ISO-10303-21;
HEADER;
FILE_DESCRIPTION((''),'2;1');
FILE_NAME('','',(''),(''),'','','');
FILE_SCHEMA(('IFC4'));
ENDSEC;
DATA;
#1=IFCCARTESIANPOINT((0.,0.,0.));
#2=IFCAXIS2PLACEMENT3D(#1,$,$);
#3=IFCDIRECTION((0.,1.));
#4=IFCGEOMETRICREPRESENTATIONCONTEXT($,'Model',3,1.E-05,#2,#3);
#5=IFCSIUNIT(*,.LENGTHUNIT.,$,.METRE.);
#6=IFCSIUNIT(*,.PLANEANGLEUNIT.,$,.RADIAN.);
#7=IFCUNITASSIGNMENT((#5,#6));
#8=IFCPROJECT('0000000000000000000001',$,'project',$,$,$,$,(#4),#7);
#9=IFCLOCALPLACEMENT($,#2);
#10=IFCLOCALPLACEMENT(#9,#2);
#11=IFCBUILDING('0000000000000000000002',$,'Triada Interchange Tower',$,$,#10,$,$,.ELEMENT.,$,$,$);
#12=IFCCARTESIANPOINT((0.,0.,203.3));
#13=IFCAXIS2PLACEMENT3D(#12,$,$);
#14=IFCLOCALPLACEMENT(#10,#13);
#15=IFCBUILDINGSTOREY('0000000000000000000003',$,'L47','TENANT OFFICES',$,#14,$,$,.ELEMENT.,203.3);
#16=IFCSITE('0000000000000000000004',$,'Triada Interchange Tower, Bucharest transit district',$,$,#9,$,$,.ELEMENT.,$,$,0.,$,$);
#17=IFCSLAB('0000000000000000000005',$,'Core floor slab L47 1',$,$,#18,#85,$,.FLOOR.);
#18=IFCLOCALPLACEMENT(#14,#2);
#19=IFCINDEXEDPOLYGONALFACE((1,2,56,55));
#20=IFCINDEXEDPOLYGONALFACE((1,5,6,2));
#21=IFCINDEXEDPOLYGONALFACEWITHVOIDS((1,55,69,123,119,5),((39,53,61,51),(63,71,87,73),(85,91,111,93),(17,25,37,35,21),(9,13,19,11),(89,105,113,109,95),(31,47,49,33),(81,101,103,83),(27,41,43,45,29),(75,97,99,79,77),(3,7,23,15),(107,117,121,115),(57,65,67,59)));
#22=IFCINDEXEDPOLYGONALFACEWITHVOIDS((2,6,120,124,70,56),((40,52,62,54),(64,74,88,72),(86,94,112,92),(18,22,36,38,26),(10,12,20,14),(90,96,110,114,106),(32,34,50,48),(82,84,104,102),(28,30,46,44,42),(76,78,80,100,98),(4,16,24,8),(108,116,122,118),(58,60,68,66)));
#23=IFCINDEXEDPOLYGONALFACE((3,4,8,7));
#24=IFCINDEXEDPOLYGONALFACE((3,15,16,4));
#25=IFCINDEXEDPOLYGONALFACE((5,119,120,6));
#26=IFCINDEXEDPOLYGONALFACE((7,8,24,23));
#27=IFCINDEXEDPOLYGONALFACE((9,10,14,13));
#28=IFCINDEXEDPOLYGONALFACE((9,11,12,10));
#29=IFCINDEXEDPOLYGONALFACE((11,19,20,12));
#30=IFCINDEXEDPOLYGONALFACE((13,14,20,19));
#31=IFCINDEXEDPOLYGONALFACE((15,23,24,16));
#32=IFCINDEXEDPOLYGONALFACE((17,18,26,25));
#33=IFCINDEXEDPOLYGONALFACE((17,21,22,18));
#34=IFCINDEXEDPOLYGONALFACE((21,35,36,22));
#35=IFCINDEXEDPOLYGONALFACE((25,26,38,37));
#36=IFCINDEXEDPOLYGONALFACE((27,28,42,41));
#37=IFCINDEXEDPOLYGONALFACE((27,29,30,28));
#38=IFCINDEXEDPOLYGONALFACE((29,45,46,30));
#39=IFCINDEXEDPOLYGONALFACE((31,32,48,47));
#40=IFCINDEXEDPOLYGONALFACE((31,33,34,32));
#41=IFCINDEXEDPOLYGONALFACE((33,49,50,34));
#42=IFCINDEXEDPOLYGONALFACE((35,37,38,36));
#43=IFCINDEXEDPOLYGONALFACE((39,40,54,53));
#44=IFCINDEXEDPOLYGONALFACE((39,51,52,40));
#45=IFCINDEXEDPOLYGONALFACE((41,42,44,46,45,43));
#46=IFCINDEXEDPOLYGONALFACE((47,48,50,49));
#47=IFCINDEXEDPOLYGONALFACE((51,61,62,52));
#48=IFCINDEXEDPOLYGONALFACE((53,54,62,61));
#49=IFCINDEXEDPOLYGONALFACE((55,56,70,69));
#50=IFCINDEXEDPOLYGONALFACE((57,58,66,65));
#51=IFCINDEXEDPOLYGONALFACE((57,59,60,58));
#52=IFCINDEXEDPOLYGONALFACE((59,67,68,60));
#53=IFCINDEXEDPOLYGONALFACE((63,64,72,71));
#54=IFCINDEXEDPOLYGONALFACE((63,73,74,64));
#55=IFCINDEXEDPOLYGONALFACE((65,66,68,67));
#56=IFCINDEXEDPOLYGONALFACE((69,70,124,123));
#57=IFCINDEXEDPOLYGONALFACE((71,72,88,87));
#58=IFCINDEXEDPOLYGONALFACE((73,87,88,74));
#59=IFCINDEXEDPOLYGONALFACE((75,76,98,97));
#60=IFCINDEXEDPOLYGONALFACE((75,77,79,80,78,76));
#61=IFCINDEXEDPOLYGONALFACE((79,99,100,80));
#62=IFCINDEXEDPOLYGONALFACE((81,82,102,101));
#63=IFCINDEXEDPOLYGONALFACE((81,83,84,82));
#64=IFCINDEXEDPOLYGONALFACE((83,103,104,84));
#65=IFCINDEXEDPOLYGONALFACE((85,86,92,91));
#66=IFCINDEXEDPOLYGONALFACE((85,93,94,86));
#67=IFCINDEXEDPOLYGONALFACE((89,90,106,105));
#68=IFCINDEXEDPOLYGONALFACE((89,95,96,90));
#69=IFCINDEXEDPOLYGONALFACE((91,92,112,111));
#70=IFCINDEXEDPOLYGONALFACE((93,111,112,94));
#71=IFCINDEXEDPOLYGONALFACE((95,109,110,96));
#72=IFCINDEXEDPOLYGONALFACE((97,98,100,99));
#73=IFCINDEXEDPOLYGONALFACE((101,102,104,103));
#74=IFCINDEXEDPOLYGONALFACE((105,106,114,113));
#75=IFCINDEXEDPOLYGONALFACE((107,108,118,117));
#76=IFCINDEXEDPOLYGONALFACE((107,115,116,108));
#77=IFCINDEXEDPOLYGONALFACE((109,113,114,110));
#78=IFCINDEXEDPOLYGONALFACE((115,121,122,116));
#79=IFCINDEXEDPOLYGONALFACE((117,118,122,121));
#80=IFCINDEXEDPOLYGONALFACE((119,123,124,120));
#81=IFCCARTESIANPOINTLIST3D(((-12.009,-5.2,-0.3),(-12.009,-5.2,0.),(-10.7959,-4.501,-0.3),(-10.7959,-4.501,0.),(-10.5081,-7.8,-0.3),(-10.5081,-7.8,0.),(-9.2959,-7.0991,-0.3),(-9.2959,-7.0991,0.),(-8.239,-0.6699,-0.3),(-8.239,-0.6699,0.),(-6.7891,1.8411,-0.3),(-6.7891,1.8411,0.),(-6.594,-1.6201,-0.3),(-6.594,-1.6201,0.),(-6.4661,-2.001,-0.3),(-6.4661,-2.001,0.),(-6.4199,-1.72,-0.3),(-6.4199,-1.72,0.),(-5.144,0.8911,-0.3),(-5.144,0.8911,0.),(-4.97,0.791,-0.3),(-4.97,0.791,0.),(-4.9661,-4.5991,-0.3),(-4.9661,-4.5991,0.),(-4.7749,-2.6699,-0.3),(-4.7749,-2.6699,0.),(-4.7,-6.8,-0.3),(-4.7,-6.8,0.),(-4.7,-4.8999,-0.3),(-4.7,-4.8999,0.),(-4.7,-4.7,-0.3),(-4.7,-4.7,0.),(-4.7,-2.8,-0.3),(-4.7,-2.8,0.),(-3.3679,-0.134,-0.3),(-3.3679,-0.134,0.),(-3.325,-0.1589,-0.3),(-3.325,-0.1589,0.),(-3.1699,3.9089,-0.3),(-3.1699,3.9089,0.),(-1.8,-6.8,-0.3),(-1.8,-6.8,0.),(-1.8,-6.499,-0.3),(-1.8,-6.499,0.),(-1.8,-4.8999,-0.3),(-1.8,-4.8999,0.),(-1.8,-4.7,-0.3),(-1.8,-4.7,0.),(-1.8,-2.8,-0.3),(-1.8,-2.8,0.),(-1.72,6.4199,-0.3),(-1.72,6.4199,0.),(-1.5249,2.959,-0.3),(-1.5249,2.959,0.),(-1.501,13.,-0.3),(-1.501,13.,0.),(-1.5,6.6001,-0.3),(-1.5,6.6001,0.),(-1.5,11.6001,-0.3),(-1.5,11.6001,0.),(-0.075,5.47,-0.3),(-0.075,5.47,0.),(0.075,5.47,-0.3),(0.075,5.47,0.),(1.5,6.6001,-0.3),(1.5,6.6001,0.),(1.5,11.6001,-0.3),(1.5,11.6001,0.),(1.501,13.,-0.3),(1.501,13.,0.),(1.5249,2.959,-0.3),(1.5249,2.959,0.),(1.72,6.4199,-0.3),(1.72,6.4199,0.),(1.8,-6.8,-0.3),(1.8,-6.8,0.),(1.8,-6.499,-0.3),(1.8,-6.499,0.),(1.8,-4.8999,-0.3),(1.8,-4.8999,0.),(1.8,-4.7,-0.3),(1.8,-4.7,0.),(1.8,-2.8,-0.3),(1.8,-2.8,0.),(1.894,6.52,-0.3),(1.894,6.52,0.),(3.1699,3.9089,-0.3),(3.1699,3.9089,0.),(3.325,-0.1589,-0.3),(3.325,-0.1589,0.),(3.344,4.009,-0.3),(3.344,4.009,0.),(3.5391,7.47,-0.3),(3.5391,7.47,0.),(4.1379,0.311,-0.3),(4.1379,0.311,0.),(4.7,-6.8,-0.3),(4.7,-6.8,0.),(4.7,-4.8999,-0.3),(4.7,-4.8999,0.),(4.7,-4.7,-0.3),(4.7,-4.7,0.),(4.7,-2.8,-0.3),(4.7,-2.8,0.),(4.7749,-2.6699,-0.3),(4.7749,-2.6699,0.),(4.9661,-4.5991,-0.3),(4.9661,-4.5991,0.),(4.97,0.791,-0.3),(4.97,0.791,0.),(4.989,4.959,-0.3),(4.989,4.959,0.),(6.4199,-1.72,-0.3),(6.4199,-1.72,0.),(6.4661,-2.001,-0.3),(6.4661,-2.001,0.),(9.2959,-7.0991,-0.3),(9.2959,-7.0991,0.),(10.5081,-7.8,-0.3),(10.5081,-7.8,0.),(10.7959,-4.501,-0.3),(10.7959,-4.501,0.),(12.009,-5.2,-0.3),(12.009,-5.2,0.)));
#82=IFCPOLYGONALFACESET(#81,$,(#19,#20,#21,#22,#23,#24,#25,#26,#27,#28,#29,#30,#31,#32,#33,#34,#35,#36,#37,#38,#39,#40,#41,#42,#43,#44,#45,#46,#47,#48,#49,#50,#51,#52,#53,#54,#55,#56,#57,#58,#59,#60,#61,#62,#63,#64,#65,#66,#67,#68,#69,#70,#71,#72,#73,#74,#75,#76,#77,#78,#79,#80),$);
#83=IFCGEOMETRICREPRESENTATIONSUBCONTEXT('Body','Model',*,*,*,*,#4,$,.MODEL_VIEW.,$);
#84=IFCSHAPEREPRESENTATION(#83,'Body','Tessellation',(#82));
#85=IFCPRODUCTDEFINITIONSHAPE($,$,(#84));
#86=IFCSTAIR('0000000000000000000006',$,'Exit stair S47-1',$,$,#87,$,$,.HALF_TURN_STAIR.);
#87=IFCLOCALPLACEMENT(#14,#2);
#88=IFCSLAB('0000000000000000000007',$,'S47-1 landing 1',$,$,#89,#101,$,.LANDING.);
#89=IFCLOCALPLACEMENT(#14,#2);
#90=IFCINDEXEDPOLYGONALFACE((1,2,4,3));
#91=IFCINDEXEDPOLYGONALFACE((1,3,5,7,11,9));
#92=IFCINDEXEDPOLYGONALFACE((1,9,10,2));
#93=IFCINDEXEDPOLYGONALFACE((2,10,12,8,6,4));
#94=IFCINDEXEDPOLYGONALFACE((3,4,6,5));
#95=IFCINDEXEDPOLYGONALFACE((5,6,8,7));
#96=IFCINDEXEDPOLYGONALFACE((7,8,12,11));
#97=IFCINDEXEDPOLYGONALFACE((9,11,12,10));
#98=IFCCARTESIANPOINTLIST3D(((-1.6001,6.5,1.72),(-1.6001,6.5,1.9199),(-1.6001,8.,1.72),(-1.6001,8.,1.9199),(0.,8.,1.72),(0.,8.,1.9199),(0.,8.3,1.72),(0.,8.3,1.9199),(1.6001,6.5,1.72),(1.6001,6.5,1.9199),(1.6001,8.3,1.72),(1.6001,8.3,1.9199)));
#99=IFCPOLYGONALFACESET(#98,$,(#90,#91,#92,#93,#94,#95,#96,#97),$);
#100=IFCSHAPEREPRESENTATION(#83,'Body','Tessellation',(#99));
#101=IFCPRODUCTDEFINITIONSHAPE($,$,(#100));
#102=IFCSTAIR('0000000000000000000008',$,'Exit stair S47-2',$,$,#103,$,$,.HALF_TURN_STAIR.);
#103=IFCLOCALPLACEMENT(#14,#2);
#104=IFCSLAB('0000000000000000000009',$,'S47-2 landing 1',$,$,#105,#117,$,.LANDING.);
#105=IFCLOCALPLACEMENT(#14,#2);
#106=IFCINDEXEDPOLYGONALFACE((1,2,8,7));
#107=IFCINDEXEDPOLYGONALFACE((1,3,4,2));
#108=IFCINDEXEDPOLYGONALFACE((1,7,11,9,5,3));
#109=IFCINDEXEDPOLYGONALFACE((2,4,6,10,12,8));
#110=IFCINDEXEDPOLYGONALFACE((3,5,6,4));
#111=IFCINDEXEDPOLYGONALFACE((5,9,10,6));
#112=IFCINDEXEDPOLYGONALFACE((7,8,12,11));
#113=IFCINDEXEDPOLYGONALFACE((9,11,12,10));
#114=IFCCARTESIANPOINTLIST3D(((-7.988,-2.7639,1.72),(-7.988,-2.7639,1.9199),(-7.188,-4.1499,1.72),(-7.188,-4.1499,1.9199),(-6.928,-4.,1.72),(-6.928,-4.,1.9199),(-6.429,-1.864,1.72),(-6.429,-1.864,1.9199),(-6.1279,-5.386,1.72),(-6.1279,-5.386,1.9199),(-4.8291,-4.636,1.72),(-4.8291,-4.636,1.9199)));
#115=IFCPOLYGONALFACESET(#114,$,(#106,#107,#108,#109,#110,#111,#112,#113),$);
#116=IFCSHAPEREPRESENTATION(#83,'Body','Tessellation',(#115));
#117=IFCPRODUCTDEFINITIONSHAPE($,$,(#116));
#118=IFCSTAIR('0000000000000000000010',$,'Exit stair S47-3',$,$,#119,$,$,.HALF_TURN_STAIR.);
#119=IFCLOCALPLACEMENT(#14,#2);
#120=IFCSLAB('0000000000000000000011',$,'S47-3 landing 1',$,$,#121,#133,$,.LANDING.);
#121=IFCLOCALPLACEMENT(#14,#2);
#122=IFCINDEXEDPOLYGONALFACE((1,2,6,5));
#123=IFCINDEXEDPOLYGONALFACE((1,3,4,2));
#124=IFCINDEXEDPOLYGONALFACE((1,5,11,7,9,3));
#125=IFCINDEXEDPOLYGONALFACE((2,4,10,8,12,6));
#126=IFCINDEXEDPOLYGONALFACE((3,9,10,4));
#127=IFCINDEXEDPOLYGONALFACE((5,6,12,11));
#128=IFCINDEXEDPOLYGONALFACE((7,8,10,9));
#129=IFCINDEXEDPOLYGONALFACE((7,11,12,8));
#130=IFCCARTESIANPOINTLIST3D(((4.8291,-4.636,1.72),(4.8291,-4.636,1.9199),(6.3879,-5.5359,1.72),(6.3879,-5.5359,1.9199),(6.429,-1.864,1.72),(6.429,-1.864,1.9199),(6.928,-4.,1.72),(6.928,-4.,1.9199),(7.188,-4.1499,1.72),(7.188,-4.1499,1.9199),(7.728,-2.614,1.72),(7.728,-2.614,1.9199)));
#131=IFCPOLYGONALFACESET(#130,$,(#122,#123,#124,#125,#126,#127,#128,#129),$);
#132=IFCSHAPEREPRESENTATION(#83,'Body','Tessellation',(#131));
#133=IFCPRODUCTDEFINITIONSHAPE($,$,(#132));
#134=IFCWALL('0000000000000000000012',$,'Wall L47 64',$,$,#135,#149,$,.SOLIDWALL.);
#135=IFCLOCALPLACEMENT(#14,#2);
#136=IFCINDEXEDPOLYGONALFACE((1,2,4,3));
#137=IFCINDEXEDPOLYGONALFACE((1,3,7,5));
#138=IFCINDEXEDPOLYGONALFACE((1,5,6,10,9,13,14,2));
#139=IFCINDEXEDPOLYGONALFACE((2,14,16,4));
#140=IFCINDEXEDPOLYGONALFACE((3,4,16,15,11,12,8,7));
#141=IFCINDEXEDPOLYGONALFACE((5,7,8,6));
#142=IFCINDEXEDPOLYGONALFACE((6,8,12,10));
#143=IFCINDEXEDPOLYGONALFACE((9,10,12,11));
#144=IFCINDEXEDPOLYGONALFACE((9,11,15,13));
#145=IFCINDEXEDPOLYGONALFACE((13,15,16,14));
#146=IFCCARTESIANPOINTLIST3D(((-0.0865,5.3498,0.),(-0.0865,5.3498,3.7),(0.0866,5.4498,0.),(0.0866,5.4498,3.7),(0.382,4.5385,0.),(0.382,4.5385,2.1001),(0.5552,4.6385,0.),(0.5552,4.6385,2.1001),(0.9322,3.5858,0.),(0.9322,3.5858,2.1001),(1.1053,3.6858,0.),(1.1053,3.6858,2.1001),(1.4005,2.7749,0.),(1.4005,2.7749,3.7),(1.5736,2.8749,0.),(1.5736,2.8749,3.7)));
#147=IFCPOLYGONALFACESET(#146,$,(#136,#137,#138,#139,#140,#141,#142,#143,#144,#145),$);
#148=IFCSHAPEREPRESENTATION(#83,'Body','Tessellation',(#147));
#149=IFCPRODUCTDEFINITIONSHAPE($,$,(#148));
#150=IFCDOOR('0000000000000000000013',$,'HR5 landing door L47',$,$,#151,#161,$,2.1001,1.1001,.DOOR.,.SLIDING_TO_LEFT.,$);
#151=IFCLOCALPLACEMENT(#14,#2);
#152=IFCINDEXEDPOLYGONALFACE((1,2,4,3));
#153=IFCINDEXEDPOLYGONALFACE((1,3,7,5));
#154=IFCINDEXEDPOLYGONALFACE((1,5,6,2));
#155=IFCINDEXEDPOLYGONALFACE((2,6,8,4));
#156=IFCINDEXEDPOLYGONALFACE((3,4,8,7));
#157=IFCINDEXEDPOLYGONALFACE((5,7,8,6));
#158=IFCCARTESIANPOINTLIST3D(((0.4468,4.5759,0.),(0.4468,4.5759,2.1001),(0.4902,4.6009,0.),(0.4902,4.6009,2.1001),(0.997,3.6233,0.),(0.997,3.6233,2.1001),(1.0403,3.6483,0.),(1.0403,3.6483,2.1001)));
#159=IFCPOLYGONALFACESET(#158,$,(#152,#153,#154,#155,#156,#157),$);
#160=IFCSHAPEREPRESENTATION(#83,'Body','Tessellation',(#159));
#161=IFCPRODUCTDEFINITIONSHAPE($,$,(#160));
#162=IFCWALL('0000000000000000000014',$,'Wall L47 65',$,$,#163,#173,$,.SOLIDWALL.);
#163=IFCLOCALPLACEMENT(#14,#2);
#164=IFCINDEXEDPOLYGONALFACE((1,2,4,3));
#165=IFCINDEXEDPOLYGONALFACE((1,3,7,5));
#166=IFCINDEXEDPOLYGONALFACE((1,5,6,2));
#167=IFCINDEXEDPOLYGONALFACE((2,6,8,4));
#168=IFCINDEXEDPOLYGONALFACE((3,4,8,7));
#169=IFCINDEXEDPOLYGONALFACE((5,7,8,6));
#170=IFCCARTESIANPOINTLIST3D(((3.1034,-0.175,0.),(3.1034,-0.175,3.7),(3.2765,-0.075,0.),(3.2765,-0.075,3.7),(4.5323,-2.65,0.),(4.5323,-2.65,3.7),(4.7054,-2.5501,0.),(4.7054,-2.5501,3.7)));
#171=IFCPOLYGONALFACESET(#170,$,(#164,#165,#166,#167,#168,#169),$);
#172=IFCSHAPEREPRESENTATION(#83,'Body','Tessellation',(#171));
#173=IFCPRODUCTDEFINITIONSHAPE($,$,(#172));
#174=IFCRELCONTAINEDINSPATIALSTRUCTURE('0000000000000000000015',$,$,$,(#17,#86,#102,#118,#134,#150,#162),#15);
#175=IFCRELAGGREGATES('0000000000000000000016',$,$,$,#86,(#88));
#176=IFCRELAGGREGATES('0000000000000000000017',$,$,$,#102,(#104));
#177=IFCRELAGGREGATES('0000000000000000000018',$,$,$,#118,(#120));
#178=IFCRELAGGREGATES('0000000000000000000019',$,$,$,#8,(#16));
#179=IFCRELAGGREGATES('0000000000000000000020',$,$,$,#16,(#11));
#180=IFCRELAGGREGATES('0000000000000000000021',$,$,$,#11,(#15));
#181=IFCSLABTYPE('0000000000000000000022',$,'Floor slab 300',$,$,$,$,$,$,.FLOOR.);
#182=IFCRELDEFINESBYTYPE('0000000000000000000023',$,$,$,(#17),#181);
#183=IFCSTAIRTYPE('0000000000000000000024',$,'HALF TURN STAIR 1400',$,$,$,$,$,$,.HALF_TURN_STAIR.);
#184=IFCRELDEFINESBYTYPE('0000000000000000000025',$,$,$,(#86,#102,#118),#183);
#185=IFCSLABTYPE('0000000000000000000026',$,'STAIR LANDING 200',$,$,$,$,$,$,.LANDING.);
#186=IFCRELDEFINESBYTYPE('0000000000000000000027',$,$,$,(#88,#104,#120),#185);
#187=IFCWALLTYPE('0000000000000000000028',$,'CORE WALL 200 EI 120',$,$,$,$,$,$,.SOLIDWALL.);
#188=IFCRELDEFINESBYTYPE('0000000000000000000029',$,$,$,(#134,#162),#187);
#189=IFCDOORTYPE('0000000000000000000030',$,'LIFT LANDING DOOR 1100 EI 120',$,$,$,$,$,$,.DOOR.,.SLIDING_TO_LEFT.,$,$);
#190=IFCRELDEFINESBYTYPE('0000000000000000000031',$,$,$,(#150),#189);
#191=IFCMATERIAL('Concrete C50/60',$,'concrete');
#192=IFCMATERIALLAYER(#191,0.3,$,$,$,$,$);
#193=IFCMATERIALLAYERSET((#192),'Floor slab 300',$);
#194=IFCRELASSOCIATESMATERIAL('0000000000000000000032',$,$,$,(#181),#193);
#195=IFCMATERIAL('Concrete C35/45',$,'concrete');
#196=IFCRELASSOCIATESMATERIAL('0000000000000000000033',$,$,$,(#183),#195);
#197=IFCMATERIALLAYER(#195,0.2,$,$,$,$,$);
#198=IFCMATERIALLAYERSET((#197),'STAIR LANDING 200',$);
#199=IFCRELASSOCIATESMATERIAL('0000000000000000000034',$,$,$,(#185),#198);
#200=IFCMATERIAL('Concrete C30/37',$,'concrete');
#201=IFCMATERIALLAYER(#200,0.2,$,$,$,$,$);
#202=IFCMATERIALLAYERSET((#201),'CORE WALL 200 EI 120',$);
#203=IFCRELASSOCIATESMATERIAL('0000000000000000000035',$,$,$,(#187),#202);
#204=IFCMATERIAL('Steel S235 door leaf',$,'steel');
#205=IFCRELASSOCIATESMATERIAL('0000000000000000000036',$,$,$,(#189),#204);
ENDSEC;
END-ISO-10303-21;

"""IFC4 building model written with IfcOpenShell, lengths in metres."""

from ifc_helpers import new_model, si_unit, direction, frame, frame_2d, origin, place, context, subcontext, project, spatial, polyline, rectangle, outline, extrude, material, layer, layer_set, type_object, element, fill, aggregate, save


model = new_model("IFC4")

# Units and contexts
model_context = context("Model", 3, precision=1e-05, world=origin(), true_north=direction((0.0, 1.0)))
body_context = subcontext(model_context, "Body", "Model", "MODEL_VIEW")
ifc_project = project(units=[si_unit("LENGTHUNIT", "METRE"), si_unit("PLANEANGLEUNIT", "RADIAN")], contexts=[model_context])

# Site, building, storey
site_placement = place(None, origin())
site = spatial("IfcSite", under=ifc_project, at=site_placement, Name="Triada Interchange Tower, Bucharest transit district", CompositionType="ELEMENT", RefElevation=0.0)
building_placement = place(site_placement, origin())
building = spatial("IfcBuilding", under=site, at=building_placement, Name="Triada Interchange Tower", CompositionType="ELEMENT")
storey_placement = place(building_placement, frame((0.0, 0.0, 203.3)))
storey = spatial("IfcBuildingStorey", under=building, at=storey_placement, Name="L47", Description="TENANT OFFICES", CompositionType="ELEMENT", Elevation=203.3)

# Slab
ifc_material_1 = material(Name="Concrete C50/60", Category="concrete")
ifc_layer_1 = layer(ifc_material_1, 0.3)
ifc_layer_set_1 = layer_set([ifc_layer_1], Name="Floor slab 300")
slab_type_1 = type_object("IfcSlabType", Name="Floor slab 300", PredefinedType="FLOOR", material=ifc_layer_set_1)
slab_1_placement = place(storey_placement, frame((0.0, 0.0, -0.3)))
element("IfcSlab", 1, at=slab_1_placement, inside=storey, type_object=slab_type_1, Name="Core floor slab L47 1", PredefinedType="FLOOR", context=body_context, shape_type="SweptSolid", body=[
    extrude(outline(polyline([(12.009, -5.2), (10.5081, -7.8), (-10.5081, -7.8), (-12.009, -5.2), (-1.501, 13.0), (1.501, 13.0), (12.009, -5.2)]), holes=[polyline([(9.2959, -7.0991), (10.7959, -4.501), (6.4661, -2.001), (4.9661, -4.5991), (9.2959, -7.0991)]), polyline([(4.7749, -2.6699), (6.4199, -1.72), (4.97, 0.791), (4.1379, 0.311), (3.325, -0.1589), (4.7749, -2.6699)]), polyline([(1.894, 6.52), (3.344, 4.009), (4.989, 4.959), (3.5391, 7.47), (1.894, 6.52)]), polyline([(1.8, -4.8999), (1.8, -6.499), (1.8, -6.8), (4.7, -6.8), (4.7, -4.8999), (1.8, -4.8999)]), polyline([(4.7, -2.8), (1.8, -2.8), (1.8, -4.7), (4.7, -4.7), (4.7, -2.8)]), polyline([(0.075, 5.47), (1.5249, 2.959), (3.1699, 3.9089), (1.72, 6.4199), (0.075, 5.47)]), polyline([(-1.5, 11.6001), (-1.5, 6.6001), (1.5, 6.6001), (1.5, 11.6001), (-1.5, 11.6001)]), polyline([(-1.5249, 2.959), (-0.075, 5.47), (-1.72, 6.4199), (-3.1699, 3.9089), (-1.5249, 2.959)]), polyline([(-1.8, -2.8), (-4.7, -2.8), (-4.7, -4.7), (-1.8, -4.7), (-1.8, -2.8)]), polyline([(-4.7, -6.8), (-1.8, -6.8), (-1.8, -6.499), (-1.8, -4.8999), (-4.7, -4.8999), (-4.7, -6.8)]), polyline([(-3.3679, -0.134), (-4.97, 0.791), (-6.4199, -1.72), (-4.7749, -2.6699), (-3.325, -0.1589), (-3.3679, -0.134)]), polyline([(-10.7959, -4.501), (-9.2959, -7.0991), (-4.9661, -4.5991), (-6.4661, -2.001), (-10.7959, -4.501)]), polyline([(-6.594, -1.6201), (-5.144, 0.8911), (-6.7891, 1.8411), (-8.239, -0.6699), (-6.594, -1.6201)])]), origin(), (0.0, 0.0, 1.0), 0.3),
])

# Stairs, slabs
ifc_material_2 = material(Name="Concrete C35/45", Category="concrete")
stair_type = type_object("IfcStairType", Name="HALF TURN STAIR 1400", PredefinedType="HALF_TURN_STAIR", material=ifc_material_2)
stair_1_placement = place(storey_placement, origin())
stair_1 = element("IfcStair", 2, at=stair_1_placement, inside=storey, type_object=stair_type, Name="Exit stair S47-1", PredefinedType="HALF_TURN_STAIR")
ifc_layer_2 = layer(ifc_material_2, 0.2)
ifc_layer_set_2 = layer_set([ifc_layer_2], Name="STAIR LANDING 200")
slab_type_2 = type_object("IfcSlabType", Name="STAIR LANDING 200", PredefinedType="LANDING", material=ifc_layer_set_2)
slab_2_placement = place(storey_placement, frame((0.0, 0.0, 1.72)))
slab_2 = element("IfcSlab", 3, at=slab_2_placement, type_object=slab_type_2, Name="S47-1 landing 1", PredefinedType="LANDING", context=body_context, shape_type="SweptSolid", body=[
    extrude(outline(polyline([(1.6001, 6.5), (1.6001, 8.3), (0.0, 8.3), (0.0, 8.0), (-1.6001, 8.0), (-1.6001, 6.5), (1.6001, 6.5)])), origin(), (0.0, 0.0, 1.0), 0.2),
])
aggregate(stair_1, [slab_2])
stair_2_placement = place(storey_placement, origin())
stair_2 = element("IfcStair", 4, at=stair_2_placement, inside=storey, type_object=stair_type, Name="Exit stair S47-2", PredefinedType="HALF_TURN_STAIR")
slab_3_placement = place(storey_placement, frame((0.0, 0.0, 1.72)))
slab_3 = element("IfcSlab", 5, at=slab_3_placement, type_object=slab_type_2, Name="S47-2 landing 1", PredefinedType="LANDING", context=body_context, shape_type="SweptSolid", body=[
    extrude(outline(polyline([(-6.429, -1.864), (-7.988, -2.7639), (-7.188, -4.1499), (-6.928, -4.0), (-6.1279, -5.386), (-4.8291, -4.636), (-6.429, -1.864)])), origin(), (0.0, 0.0, 1.0), 0.2),
])
aggregate(stair_2, [slab_3])
stair_3_placement = place(storey_placement, origin())
stair_3 = element("IfcStair", 6, at=stair_3_placement, inside=storey, type_object=stair_type, Name="Exit stair S47-3", PredefinedType="HALF_TURN_STAIR")
slab_4_placement = place(storey_placement, frame((0.0, 0.0, 1.72)))
slab_4 = element("IfcSlab", 7, at=slab_4_placement, type_object=slab_type_2, Name="S47-3 landing 1", PredefinedType="LANDING", context=body_context, shape_type="SweptSolid", body=[
    extrude(outline(polyline([(4.8291, -4.636), (6.3879, -5.5359), (7.188, -4.1499), (6.928, -4.0), (7.728, -2.614), (6.429, -1.864), (4.8291, -4.636)])), origin(), (0.0, 0.0, 1.0), 0.2),
])
aggregate(stair_3, [slab_4])

# Wall, opening, door
ifc_material_3 = material(Name="Concrete C30/37", Category="concrete")
ifc_layer_3 = layer(ifc_material_3, 0.2)
ifc_layer_set_3 = layer_set([ifc_layer_3], Name="CORE WALL 200 EI 120")
wall_type_1 = type_object("IfcWallType", Name="CORE WALL 200 EI 120", PredefinedType="SOLIDWALL", material=ifc_layer_set_3)
wall_1_placement = place(storey_placement, frame((0.0, 5.3999, 0.0), z_axis=(0.0, 0.0, 1.0), x_axis=(0.500104, -0.865965, 0.0)))
wall_1 = element("IfcWall", 8, at=wall_1_placement, inside=storey, type_object=wall_type_1, Name="Wall L47 64", PredefinedType="SOLIDWALL", context=body_context, shape_type="SweptSolid", body=[
    extrude(rectangle(XDim=2.9734, YDim=0.2, at=frame_2d((1.4868, 0.0))), origin(), (0.0, 0.0, 1.0), 3.7),
])
opening_1_placement = place(wall_1_placement, frame((0.937, 0.0, 0.0)))
opening_1 = element("IfcOpeningElement", 9, at=opening_1_placement, cuts=wall_1, PredefinedType="OPENING", context=body_context, shape_type="SweptSolid", body=[
    extrude(rectangle(XDim=1.1001, YDim=2.1001, at=frame_2d((0.55, 1.05))), frame((0.0, 0.1099, 0.0), z_axis=(0.0, -1.0, 0.0), x_axis=(1.0, 0.0, 0.0)), (0.0, 0.0, 1.0), 0.22),
])
ifc_material_4 = material(Name="Steel S235 door leaf", Category="steel")
door_type_1 = type_object("IfcDoorType", Name="LIFT LANDING DOOR 1100 EI 120", OperationType="SLIDING_TO_LEFT", PredefinedType="DOOR", material=ifc_material_4)
door_1_placement = place(opening_1_placement, origin())
door_1 = element("IfcDoor", 10, at=door_1_placement, inside=storey, type_object=door_type_1, Name="HR5 landing door L47", OperationType="SLIDING_TO_LEFT", OverallHeight=2.1001, OverallWidth=1.1001, PredefinedType="DOOR", context=body_context, shape_type="SweptSolid", body=[
    extrude(rectangle(XDim=1.1001, YDim=2.1001, at=frame_2d((0.55, 1.05))), frame((0.0, 0.0249, 0.0), z_axis=(0.0, -1.0, 0.0), x_axis=(1.0, 0.0, 0.0)), (0.0, 0.0, 1.0), 0.05),
])
fill(opening_1, door_1)

# Wall
wall_2_placement = place(storey_placement, frame((3.1899, -0.125, 0.0), z_axis=(0.0, 0.0, 1.0), x_axis=(0.499989, -0.866032, 0.0)))
element("IfcWall", 11, at=wall_2_placement, inside=storey, type_object=wall_type_1, Name="Wall L47 65", PredefinedType="SOLIDWALL", context=body_context, shape_type="SweptSolid", body=[
    extrude(rectangle(XDim=2.8579, YDim=0.2, at=frame_2d((1.429, 0.0))), origin(), (0.0, 0.0, 1.0), 3.7),
])

save(model, "model.ifc")
